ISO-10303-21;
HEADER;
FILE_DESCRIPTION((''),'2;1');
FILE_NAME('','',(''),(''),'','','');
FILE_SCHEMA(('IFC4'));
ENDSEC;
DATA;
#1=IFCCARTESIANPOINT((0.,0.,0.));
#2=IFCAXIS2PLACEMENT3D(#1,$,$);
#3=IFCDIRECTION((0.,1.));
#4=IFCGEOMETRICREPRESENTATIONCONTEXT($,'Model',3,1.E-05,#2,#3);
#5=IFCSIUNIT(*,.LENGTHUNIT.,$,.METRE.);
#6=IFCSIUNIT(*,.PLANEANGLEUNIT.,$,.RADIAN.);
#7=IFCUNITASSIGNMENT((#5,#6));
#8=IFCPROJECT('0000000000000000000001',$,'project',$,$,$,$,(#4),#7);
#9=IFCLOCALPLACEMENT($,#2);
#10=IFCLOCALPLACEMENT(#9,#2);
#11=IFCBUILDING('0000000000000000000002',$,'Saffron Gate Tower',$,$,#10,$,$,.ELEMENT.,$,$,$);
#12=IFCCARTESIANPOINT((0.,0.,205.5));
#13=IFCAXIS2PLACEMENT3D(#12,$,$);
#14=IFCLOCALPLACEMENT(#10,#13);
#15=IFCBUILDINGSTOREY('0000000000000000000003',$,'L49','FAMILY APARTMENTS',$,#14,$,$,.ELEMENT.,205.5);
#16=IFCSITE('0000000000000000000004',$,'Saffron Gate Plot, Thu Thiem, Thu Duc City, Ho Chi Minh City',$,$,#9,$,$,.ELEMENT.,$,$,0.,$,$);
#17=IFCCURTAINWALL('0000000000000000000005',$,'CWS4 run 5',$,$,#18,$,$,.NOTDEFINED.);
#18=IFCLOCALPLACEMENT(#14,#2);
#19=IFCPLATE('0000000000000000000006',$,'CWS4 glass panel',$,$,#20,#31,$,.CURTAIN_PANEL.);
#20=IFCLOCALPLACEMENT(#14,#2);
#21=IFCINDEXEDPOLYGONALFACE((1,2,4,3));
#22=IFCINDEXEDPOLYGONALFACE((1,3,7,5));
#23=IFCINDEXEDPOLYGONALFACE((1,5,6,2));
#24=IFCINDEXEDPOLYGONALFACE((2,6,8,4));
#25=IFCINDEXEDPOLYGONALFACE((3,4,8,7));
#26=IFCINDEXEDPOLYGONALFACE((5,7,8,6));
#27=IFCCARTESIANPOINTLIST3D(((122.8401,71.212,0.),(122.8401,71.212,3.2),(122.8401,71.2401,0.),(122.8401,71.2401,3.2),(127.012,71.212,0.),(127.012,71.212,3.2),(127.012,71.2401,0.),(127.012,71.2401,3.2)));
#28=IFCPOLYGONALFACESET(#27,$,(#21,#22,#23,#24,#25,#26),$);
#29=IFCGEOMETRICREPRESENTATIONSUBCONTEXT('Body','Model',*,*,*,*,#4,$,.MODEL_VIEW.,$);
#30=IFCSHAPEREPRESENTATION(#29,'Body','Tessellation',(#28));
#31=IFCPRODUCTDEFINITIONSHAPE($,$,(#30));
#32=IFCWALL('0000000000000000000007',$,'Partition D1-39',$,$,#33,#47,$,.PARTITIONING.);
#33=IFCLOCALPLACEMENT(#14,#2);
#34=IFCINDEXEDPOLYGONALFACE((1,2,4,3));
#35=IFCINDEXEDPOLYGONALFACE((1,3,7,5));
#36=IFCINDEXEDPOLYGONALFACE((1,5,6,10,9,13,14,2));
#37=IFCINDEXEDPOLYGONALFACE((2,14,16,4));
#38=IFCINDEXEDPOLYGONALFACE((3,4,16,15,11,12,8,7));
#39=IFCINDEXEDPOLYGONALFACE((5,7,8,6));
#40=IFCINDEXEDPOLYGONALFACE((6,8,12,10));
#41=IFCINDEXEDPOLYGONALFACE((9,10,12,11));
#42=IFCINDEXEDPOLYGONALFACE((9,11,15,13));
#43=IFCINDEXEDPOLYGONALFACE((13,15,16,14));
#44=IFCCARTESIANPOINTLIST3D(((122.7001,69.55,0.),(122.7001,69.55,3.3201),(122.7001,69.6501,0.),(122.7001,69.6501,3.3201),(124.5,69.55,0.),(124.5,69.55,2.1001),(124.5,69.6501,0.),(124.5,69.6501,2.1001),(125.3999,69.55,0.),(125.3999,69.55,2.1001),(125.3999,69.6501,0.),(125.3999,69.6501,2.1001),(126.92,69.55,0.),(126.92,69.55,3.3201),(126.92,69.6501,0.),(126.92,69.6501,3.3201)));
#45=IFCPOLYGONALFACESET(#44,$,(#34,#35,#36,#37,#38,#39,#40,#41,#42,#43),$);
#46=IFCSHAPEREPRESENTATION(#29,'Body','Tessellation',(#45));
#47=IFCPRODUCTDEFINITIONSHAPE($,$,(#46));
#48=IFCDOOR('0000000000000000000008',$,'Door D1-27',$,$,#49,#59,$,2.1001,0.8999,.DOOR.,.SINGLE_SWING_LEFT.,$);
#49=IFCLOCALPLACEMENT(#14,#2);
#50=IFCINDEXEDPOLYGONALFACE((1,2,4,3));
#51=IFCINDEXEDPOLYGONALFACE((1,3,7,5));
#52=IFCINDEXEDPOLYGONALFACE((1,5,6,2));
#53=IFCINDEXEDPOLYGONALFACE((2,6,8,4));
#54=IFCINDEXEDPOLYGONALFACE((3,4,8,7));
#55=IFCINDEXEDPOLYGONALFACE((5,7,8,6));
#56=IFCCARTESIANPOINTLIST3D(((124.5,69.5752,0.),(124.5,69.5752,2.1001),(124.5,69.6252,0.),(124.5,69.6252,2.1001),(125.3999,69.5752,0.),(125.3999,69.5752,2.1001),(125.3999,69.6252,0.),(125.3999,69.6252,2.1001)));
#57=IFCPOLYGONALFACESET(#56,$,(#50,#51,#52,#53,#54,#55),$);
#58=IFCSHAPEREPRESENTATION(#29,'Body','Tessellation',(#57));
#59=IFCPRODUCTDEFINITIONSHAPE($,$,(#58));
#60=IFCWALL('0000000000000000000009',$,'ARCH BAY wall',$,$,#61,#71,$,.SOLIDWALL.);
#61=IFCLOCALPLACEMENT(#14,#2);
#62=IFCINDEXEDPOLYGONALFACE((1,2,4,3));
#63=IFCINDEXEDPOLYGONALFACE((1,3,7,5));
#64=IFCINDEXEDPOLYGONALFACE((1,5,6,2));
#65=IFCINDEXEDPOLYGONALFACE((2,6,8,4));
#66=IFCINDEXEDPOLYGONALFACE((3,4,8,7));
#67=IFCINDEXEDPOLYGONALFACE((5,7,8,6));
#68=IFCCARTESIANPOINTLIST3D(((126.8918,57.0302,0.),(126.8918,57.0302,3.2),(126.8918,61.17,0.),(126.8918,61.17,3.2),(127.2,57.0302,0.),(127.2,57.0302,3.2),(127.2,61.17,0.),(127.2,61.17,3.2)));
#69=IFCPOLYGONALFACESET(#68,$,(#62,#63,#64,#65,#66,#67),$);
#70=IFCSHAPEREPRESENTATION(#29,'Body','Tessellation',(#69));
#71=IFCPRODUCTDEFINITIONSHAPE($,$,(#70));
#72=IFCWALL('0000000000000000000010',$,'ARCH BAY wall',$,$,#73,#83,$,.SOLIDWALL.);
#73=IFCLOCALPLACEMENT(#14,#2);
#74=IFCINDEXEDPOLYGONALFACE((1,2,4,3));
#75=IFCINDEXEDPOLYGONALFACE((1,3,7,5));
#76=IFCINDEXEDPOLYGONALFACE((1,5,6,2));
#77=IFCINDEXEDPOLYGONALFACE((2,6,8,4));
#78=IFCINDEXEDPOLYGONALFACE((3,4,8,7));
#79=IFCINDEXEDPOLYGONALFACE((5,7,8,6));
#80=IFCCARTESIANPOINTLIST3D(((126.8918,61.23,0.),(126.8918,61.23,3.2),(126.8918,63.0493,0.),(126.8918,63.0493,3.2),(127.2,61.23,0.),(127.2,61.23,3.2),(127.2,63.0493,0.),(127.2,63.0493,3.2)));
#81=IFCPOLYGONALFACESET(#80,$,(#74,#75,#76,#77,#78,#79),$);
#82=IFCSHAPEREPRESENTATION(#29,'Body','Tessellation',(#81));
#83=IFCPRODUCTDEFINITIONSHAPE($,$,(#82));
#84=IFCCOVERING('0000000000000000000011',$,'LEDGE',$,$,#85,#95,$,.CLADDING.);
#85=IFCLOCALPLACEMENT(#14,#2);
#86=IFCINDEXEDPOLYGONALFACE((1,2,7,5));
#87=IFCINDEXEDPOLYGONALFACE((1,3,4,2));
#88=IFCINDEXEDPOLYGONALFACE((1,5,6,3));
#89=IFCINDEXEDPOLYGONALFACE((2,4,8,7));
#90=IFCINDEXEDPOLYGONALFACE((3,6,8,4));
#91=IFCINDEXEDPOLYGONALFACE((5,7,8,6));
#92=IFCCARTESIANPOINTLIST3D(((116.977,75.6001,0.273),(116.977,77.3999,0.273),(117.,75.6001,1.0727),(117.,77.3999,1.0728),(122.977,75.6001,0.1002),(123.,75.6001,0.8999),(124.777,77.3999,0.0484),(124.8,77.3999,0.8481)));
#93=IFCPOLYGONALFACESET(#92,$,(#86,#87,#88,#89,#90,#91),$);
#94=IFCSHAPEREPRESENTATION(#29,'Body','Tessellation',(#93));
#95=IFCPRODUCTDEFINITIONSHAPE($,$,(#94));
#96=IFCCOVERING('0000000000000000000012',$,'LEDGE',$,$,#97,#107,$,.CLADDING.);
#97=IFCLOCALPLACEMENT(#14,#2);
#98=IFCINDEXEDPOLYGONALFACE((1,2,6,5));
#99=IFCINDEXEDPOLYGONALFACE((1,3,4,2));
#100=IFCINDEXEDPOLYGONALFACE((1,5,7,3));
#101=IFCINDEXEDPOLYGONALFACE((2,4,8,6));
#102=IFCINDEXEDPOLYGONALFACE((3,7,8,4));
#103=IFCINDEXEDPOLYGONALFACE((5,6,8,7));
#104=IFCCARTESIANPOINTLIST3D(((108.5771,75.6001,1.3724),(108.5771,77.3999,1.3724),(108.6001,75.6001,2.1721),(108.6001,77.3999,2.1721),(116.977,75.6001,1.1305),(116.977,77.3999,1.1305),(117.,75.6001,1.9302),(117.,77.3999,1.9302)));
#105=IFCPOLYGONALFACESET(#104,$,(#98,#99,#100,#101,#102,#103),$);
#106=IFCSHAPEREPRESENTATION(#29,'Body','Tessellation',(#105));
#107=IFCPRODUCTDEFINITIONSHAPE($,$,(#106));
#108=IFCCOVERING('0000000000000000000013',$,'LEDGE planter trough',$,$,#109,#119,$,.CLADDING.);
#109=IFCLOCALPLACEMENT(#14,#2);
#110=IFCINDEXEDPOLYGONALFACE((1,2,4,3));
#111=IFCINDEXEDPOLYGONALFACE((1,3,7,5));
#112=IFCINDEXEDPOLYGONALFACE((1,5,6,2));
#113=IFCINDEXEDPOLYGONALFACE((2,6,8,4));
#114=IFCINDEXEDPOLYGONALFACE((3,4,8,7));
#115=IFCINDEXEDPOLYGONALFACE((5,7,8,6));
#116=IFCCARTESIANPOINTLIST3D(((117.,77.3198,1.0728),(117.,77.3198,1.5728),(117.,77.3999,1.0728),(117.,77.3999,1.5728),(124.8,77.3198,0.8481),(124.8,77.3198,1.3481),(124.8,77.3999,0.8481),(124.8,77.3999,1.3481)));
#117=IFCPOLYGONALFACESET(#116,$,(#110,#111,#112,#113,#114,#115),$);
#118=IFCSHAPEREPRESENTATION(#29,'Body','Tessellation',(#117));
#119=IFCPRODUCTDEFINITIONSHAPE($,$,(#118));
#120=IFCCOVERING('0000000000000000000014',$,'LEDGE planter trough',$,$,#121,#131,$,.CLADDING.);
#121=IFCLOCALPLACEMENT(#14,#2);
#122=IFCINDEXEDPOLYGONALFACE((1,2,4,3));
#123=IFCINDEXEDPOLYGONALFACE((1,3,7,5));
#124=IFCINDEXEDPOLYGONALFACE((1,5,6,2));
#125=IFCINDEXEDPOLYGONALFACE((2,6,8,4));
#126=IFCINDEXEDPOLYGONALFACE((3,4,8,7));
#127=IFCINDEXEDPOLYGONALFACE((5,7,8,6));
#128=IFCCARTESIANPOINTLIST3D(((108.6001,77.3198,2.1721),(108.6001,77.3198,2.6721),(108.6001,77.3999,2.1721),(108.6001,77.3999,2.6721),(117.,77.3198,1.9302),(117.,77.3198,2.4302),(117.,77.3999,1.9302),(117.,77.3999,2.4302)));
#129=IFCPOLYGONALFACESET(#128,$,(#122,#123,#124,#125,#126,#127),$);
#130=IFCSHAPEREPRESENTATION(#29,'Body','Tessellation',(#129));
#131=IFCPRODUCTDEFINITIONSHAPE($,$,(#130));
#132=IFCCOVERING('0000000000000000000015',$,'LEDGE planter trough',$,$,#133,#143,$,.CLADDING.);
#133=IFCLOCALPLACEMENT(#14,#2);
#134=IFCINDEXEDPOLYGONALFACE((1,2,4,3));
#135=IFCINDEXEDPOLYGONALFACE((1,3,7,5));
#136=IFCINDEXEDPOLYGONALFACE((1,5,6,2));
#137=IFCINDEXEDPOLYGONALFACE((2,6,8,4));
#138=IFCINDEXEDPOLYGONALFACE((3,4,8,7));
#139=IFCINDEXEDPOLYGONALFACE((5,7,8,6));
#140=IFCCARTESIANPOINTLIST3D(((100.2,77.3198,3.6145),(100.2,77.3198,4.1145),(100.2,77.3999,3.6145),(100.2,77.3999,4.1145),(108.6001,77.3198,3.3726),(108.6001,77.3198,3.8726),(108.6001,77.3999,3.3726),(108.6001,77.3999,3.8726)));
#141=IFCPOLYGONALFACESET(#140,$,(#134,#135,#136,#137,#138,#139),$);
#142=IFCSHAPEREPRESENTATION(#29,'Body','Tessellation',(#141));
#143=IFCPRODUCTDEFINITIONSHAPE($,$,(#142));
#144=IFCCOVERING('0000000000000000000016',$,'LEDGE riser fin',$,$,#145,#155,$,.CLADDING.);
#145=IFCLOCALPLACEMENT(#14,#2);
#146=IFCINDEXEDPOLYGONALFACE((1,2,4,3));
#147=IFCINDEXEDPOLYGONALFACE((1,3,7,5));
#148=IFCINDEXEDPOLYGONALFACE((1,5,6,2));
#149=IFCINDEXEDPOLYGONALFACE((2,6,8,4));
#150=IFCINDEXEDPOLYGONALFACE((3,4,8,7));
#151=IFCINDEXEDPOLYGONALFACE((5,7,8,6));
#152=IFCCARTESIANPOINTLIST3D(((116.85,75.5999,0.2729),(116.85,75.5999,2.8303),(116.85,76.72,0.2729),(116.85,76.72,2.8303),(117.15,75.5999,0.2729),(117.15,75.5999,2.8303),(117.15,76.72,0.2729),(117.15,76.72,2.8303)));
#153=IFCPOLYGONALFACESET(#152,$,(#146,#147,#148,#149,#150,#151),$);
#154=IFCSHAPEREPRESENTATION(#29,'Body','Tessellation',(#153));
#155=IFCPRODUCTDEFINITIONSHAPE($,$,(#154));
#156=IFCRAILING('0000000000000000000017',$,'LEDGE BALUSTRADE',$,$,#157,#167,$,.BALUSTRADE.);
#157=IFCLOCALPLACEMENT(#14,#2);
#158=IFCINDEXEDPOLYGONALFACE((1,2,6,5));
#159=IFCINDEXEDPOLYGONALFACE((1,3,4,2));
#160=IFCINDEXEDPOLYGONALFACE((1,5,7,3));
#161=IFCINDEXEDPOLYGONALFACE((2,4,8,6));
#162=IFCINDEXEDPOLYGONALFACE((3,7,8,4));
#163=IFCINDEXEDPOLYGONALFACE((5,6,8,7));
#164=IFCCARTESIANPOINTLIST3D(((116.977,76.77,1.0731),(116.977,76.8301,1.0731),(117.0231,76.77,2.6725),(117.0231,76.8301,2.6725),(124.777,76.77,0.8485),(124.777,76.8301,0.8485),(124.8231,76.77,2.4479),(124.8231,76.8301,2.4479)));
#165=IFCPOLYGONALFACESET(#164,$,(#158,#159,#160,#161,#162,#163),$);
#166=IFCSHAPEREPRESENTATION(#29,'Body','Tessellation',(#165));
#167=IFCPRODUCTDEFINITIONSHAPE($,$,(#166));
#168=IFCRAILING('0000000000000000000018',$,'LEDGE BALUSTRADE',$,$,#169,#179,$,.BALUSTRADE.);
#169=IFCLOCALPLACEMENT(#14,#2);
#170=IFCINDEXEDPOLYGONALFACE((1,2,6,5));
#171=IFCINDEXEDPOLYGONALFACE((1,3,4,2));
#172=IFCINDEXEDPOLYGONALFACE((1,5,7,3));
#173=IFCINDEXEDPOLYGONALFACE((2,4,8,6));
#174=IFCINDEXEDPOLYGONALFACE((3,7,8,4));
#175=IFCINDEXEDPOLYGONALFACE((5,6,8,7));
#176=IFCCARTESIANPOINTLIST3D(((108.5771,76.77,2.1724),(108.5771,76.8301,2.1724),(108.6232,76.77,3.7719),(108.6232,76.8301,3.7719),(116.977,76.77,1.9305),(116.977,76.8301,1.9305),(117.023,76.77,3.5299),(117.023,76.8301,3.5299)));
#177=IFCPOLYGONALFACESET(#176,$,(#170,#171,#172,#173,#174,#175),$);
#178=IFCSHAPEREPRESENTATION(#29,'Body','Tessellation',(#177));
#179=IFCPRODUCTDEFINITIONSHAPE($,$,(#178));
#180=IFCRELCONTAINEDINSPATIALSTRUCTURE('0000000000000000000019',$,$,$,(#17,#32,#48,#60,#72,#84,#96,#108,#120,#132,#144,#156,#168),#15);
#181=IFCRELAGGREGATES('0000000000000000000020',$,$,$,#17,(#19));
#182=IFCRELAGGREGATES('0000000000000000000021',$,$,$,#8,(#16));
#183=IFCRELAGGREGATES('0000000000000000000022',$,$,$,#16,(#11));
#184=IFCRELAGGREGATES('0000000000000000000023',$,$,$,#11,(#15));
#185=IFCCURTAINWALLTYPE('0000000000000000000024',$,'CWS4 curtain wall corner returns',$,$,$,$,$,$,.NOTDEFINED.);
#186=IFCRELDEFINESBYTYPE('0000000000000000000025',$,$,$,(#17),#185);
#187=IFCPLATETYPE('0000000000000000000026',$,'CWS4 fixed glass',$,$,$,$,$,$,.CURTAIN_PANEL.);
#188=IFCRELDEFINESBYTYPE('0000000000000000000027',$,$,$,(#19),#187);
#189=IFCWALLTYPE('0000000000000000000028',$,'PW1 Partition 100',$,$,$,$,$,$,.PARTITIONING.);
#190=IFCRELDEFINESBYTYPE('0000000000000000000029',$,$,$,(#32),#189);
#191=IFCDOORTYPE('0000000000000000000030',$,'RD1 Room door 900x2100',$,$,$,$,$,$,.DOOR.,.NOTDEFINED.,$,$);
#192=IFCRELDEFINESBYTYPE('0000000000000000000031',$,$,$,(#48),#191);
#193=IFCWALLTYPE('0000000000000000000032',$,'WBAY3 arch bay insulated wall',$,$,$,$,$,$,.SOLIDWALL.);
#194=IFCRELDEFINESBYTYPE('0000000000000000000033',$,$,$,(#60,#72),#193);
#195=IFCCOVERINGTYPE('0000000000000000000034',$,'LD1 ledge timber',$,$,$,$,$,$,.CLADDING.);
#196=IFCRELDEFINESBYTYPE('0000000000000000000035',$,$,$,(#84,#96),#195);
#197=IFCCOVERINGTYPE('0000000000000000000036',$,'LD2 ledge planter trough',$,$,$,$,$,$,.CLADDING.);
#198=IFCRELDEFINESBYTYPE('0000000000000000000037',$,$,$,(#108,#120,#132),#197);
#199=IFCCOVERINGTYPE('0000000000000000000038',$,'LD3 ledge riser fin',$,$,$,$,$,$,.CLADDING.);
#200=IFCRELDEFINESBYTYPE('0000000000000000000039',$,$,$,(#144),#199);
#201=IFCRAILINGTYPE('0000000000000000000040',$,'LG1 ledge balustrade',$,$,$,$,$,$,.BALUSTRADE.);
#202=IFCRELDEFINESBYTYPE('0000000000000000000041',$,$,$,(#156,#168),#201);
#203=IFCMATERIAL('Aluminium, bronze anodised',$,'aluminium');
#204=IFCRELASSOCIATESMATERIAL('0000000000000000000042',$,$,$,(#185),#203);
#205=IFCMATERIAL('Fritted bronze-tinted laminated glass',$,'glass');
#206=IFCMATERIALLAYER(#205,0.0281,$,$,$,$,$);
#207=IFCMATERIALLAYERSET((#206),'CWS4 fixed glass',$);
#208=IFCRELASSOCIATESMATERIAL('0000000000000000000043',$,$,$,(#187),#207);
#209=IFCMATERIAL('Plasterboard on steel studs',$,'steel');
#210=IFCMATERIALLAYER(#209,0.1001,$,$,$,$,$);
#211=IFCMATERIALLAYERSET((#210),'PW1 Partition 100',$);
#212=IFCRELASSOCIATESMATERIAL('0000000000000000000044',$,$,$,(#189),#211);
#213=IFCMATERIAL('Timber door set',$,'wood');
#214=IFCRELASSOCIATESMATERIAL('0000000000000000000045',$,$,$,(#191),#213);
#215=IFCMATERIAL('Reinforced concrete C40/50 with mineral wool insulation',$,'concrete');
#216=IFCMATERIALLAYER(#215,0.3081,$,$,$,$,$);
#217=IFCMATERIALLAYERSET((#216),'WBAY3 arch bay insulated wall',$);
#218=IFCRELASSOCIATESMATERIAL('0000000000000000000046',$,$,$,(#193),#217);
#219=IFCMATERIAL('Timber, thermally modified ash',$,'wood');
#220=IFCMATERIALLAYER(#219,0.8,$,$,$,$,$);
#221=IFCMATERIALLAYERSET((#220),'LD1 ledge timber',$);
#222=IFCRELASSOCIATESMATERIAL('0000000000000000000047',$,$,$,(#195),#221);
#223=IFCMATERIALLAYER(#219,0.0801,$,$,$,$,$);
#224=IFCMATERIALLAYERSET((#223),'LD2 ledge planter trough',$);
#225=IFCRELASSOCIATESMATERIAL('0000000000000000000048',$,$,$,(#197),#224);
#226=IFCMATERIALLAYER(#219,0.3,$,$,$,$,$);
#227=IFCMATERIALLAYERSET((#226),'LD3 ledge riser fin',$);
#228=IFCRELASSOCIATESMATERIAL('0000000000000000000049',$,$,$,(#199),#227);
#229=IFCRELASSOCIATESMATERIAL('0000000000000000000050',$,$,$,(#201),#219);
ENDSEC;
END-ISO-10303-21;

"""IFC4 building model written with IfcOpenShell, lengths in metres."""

from ifc_helpers import new_model, si_unit, direction, frame, frame_2d, origin, origin_2d, place, context, subcontext, project, spatial, polyline, rectangle, outline, extrude, material, layer, layer_set, type_object, element, fill, aggregate, save


model = new_model("IFC4")

# Units and contexts
model_context = context("Model", 3, precision=1e-05, world=origin(), true_north=direction((0.0, 1.0)))
body_context = subcontext(model_context, "Body", "Model", "MODEL_VIEW")
ifc_project = project(units=[si_unit("LENGTHUNIT", "METRE"), si_unit("PLANEANGLEUNIT", "RADIAN")], contexts=[model_context])

# Site, building, storey
site_placement = place(None, origin())
site = spatial("IfcSite", under=ifc_project, at=site_placement, Name="Saffron Gate Plot, Thu Thiem, Thu Duc City, Ho Chi Minh City", CompositionType="ELEMENT", RefElevation=0.0)
building_placement = place(site_placement, origin())
building = spatial("IfcBuilding", under=site, at=building_placement, Name="Saffron Gate Tower", CompositionType="ELEMENT")
storey_placement = place(building_placement, frame((0.0, 0.0, 205.5)))
storey = spatial("IfcBuildingStorey", under=building, at=storey_placement, Name="L49", Description="FAMILY APARTMENTS", CompositionType="ELEMENT", Elevation=205.5)

# Shared definitions
ifc_material_1 = material(Name="Aluminium, bronze anodised", Category="aluminium")

# Curtain wall
curtain_wall_type_1 = type_object("IfcCurtainWallType", Name="CWS4 curtain wall corner returns", PredefinedType="NOTDEFINED", material=ifc_material_1)
curtain_wall_1_placement = place(storey_placement, origin())
curtain_wall_1 = element("IfcCurtainWall", 1, at=curtain_wall_1_placement, inside=storey, type_object=curtain_wall_type_1, Name="CWS4 run 5", PredefinedType="NOTDEFINED")

# Shared definitions
ifc_material_2 = material(Name="Fritted bronze-tinted laminated glass", Category="glass")

# Plate
ifc_layer_1 = layer(ifc_material_2, 0.0281)
ifc_layer_set_1 = layer_set([ifc_layer_1], Name="CWS4 fixed glass")
plate_type_1 = type_object("IfcPlateType", Name="CWS4 fixed glass", PredefinedType="CURTAIN_PANEL", material=ifc_layer_set_1)
plate_1_placement = place(storey_placement, frame((127.012, 71.2261, 0.0), z_axis=(0.0, 0.0, 1.0), x_axis=(-1.0, 0.0, 0.0)))
plate_1 = element("IfcPlate", 2, at=plate_1_placement, type_object=plate_type_1, Name="CWS4 glass panel", PredefinedType="CURTAIN_PANEL", context=body_context, shape_type="SweptSolid", body=[
    extrude(rectangle(XDim=4.1719, YDim=0.0281, at=frame_2d((2.0859, 0.0))), origin(), (0.0, 0.0, 1.0), 3.2),
])
aggregate(curtain_wall_1, [plate_1])

# Wall, opening, door
ifc_material_3 = material(Name="Plasterboard on steel studs", Category="steel")
ifc_layer_2 = layer(ifc_material_3, 0.1001)
ifc_layer_set_2 = layer_set([ifc_layer_2], Name="PW1 Partition 100")
wall_type_1 = type_object("IfcWallType", Name="PW1 Partition 100", PredefinedType="PARTITIONING", material=ifc_layer_set_2)
wall_1_placement = place(storey_placement, frame((126.9199, 69.6001, 0.0), z_axis=(0.0, 0.0, 1.0), x_axis=(-1.0, 0.0, 0.0)))
wall_1 = element("IfcWall", 3, at=wall_1_placement, inside=storey, type_object=wall_type_1, Name="Partition D1-39", PredefinedType="PARTITIONING", context=body_context, shape_type="SweptSolid", body=[
    extrude(rectangle(XDim=4.22, YDim=0.1001, at=frame_2d((2.1099, 0.0))), origin(), (0.0, 0.0, 1.0), 3.3201),
])
opening_1_placement = place(wall_1_placement, frame((1.52, 0.0, 0.0)))
opening_1 = element("IfcOpeningElement", 4, at=opening_1_placement, cuts=wall_1, PredefinedType="OPENING", context=body_context, shape_type="SweptSolid", body=[
    extrude(rectangle(XDim=0.8999, YDim=2.1001, at=frame_2d((0.45, 1.05))), frame((0.0, 0.0601, 0.0), z_axis=(0.0, -1.0, 0.0), x_axis=(1.0, 0.0, 0.0)), (0.0, 0.0, 1.0), 0.1201),
])
ifc_material_4 = material(Name="Timber door set", Category="wood")
door_type = type_object("IfcDoorType", Name="RD1 Room door 900x2100", OperationType="NOTDEFINED", PredefinedType="DOOR", material=ifc_material_4)
door_placement = place(opening_1_placement, origin())
door = element("IfcDoor", 5, at=door_placement, inside=storey, type_object=door_type, Name="Door D1-27", OperationType="SINGLE_SWING_LEFT", OverallHeight=2.1001, OverallWidth=0.8999, PredefinedType="DOOR", context=body_context, shape_type="SweptSolid", body=[
    extrude(rectangle(XDim=0.8999, YDim=2.1001, at=frame_2d((0.45, 1.05))), frame((0.0, 0.0249, 0.0), z_axis=(0.0, -1.0, 0.0), x_axis=(1.0, 0.0, 0.0)), (0.0, 0.0, 1.0), 0.05),
])
fill(opening_1, door)

# Walls
ifc_material_5 = material(Name="Reinforced concrete C40/50 with mineral wool insulation", Category="concrete")
ifc_layer_3 = layer(ifc_material_5, 0.3081)
ifc_layer_set_3 = layer_set([ifc_layer_3], Name="WBAY3 arch bay insulated wall")
wall_type_2 = type_object("IfcWallType", Name="WBAY3 arch bay insulated wall", PredefinedType="SOLIDWALL", material=ifc_layer_set_3)
wall_2_placement = place(storey_placement, frame((127.0459, 61.1699, 0.0), z_axis=(0.0, 0.0, 1.0), x_axis=(0.0, -1.0, 0.0)))
element("IfcWall", 6, at=wall_2_placement, inside=storey, type_object=wall_type_2, Name="ARCH BAY wall", PredefinedType="SOLIDWALL", context=body_context, shape_type="SweptSolid", body=[
    extrude(rectangle(XDim=4.1399, YDim=0.3081, at=frame_2d((2.0698, 0.0))), origin(), (0.0, 0.0, 1.0), 3.2),
])
wall_3_placement = place(storey_placement, frame((127.0459, 63.0493, 0.0), z_axis=(0.0, 0.0, 1.0), x_axis=(0.0, -1.0, 0.0)))
element("IfcWall", 7, at=wall_3_placement, inside=storey, type_object=wall_type_2, Name="ARCH BAY wall", PredefinedType="SOLIDWALL", context=body_context, shape_type="SweptSolid", body=[
    extrude(rectangle(XDim=1.8193, YDim=0.3081, at=frame_2d((0.9097, 0.0))), origin(), (0.0, 0.0, 1.0), 3.2),
])

# Coverings
ifc_material_6 = material(Name="Timber, thermally modified ash", Category="wood")
ifc_layer_4 = layer(ifc_material_6, 0.8)
ifc_layer_set_4 = layer_set([ifc_layer_4], Name="LD1 ledge timber")
covering_type_1 = type_object("IfcCoveringType", Name="LD1 ledge timber", PredefinedType="CLADDING", material=ifc_layer_set_4)
covering_1_placement = place(storey_placement, frame((123.0, 75.6001, 0.8999), z_axis=(0.028789, -0.000024, 0.999585), x_axis=(-0.999585, 0.0, 0.028789)))
element("IfcCovering", 8, at=covering_1_placement, inside=storey, type_object=covering_type_1, Name="LEDGE", PredefinedType="CLADDING", context=body_context, shape_type="SweptSolid", body=[
    extrude(outline(polyline([(0.0, 0.0), (6.0025, 0.0), (6.0025, -1.7998), (-1.8008, -1.7998), (0.0, 0.0)])), origin(), (0.0, 0.0, -1.0), 0.8),
])
covering_2_placement = place(storey_placement, frame((117.0, 75.6001, 1.9302), z_axis=(0.028791, 0.0, 0.999585), x_axis=(-0.999585, 0.0, 0.028791)))
element("IfcCovering", 9, at=covering_2_placement, inside=storey, type_object=covering_type_1, Name="LEDGE", PredefinedType="CLADDING", context=body_context, shape_type="SweptSolid", body=[
    extrude(outline(polyline([(0.0, 0.0), (8.4034, 0.0), (8.4034, -1.7998), (0.0, -1.7998), (0.0, 0.0)])), origin(), (0.0, 0.0, -1.0), 0.8),
])
ifc_layer_5 = layer(ifc_material_6, 0.0801)
ifc_layer_set_5 = layer_set([ifc_layer_5], Name="LD2 ledge planter trough")
covering_type_2 = type_object("IfcCoveringType", Name="LD2 ledge planter trough", PredefinedType="CLADDING", material=ifc_layer_set_5)
covering_3_placement = place(storey_placement, frame((124.8, 77.3999, 0.8481), z_axis=(0.0, 1.0, 0.0), x_axis=(-0.999586, 0.0, 0.028784)))
element("IfcCovering", 10, at=covering_3_placement, inside=storey, type_object=covering_type_2, Name="LEDGE planter trough", PredefinedType="CLADDING", context=body_context, shape_type="SweptSolid", body=[
    extrude(outline(polyline([(0.0, 0.0), (7.8033, 0.0), (7.8177, 0.4998), (0.0144, 0.4998), (0.0, 0.0)])), origin(), (0.0, 0.0, -1.0), 0.0801),
])
covering_4_placement = place(storey_placement, frame((117.0, 77.3999, 1.9302), z_axis=(0.0, 1.0, 0.0), x_axis=(-0.999585, 0.0, 0.028791)))
element("IfcCovering", 11, at=covering_4_placement, inside=storey, type_object=covering_type_2, Name="LEDGE planter trough", PredefinedType="CLADDING", context=body_context, shape_type="SweptSolid", body=[
    extrude(outline(polyline([(0.0, 0.0), (8.4034, 0.0), (8.4178, 0.4998), (0.0144, 0.4998), (0.0, 0.0)])), origin(), (0.0, 0.0, -1.0), 0.0801),
])
covering_5_placement = place(storey_placement, frame((108.6001, 77.3999, 3.3726), z_axis=(0.0, 1.0, 0.0), x_axis=(-0.999585, 0.0, 0.02879)))
element("IfcCovering", 12, at=covering_5_placement, inside=storey, type_object=covering_type_2, Name="LEDGE planter trough", PredefinedType="CLADDING", context=body_context, shape_type="SweptSolid", body=[
    extrude(outline(polyline([(0.0, 0.0), (8.4036, 0.0), (8.418, 0.4998), (0.0144, 0.4998), (0.0, 0.0)])), origin(), (0.0, 0.0, -1.0), 0.0801),
])
ifc_layer_6 = layer(ifc_material_6, 0.3)
ifc_layer_set_6 = layer_set([ifc_layer_6], Name="LD3 ledge riser fin")
covering_type_3 = type_object("IfcCoveringType", Name="LD3 ledge riser fin", PredefinedType="CLADDING", material=ifc_layer_set_6)
covering_6_placement = place(storey_placement, frame((117.0, 76.1599, 0.2729), z_axis=(0.0, 0.0, 1.0), x_axis=(-1.0, 0.0, 0.0)))
element("IfcCovering", 13, at=covering_6_placement, inside=storey, type_object=covering_type_3, Name="LEDGE riser fin", PredefinedType="CLADDING", context=body_context, shape_type="SweptSolid", body=[
    extrude(rectangle(XDim=0.3, YDim=1.1201, at=origin_2d()), origin(), (0.0, 0.0, 1.0), 2.5574),
])

# Railings
railing_type = type_object("IfcRailingType", Name="LG1 ledge balustrade", PredefinedType="BALUSTRADE", material=ifc_material_6)
railing_1_placement = place(storey_placement, frame((124.8, 76.8, 0.8481)))
element("IfcRailing", 14, at=railing_1_placement, inside=storey, type_object=railing_type, Name="LEDGE BALUSTRADE", PredefinedType="BALUSTRADE", context=body_context, shape_type="SweptSolid", body=[
    extrude(rectangle(XDim=0.0601, YDim=1.6001, at=origin_2d()), frame((0.0, 0.0, 0.8), z_axis=(-0.999586, 0.0, 0.028784), x_axis=(0.0, -1.0, 0.0)), (0.0, 0.0, 1.0), 7.8032),
])
railing_2_placement = place(storey_placement, frame((117.0, 76.8, 1.9302)))
element("IfcRailing", 15, at=railing_2_placement, inside=storey, type_object=railing_type, Name="LEDGE BALUSTRADE", PredefinedType="BALUSTRADE", context=body_context, shape_type="SweptSolid", body=[
    extrude(rectangle(XDim=0.0601, YDim=1.6001, at=origin_2d()), frame((0.0, 0.0, 0.8), z_axis=(-0.999585, 0.0, 0.028791), x_axis=(0.0, -1.0, 0.0)), (0.0, 0.0, 1.0), 8.4033),
])

save(model, "model.ifc")
